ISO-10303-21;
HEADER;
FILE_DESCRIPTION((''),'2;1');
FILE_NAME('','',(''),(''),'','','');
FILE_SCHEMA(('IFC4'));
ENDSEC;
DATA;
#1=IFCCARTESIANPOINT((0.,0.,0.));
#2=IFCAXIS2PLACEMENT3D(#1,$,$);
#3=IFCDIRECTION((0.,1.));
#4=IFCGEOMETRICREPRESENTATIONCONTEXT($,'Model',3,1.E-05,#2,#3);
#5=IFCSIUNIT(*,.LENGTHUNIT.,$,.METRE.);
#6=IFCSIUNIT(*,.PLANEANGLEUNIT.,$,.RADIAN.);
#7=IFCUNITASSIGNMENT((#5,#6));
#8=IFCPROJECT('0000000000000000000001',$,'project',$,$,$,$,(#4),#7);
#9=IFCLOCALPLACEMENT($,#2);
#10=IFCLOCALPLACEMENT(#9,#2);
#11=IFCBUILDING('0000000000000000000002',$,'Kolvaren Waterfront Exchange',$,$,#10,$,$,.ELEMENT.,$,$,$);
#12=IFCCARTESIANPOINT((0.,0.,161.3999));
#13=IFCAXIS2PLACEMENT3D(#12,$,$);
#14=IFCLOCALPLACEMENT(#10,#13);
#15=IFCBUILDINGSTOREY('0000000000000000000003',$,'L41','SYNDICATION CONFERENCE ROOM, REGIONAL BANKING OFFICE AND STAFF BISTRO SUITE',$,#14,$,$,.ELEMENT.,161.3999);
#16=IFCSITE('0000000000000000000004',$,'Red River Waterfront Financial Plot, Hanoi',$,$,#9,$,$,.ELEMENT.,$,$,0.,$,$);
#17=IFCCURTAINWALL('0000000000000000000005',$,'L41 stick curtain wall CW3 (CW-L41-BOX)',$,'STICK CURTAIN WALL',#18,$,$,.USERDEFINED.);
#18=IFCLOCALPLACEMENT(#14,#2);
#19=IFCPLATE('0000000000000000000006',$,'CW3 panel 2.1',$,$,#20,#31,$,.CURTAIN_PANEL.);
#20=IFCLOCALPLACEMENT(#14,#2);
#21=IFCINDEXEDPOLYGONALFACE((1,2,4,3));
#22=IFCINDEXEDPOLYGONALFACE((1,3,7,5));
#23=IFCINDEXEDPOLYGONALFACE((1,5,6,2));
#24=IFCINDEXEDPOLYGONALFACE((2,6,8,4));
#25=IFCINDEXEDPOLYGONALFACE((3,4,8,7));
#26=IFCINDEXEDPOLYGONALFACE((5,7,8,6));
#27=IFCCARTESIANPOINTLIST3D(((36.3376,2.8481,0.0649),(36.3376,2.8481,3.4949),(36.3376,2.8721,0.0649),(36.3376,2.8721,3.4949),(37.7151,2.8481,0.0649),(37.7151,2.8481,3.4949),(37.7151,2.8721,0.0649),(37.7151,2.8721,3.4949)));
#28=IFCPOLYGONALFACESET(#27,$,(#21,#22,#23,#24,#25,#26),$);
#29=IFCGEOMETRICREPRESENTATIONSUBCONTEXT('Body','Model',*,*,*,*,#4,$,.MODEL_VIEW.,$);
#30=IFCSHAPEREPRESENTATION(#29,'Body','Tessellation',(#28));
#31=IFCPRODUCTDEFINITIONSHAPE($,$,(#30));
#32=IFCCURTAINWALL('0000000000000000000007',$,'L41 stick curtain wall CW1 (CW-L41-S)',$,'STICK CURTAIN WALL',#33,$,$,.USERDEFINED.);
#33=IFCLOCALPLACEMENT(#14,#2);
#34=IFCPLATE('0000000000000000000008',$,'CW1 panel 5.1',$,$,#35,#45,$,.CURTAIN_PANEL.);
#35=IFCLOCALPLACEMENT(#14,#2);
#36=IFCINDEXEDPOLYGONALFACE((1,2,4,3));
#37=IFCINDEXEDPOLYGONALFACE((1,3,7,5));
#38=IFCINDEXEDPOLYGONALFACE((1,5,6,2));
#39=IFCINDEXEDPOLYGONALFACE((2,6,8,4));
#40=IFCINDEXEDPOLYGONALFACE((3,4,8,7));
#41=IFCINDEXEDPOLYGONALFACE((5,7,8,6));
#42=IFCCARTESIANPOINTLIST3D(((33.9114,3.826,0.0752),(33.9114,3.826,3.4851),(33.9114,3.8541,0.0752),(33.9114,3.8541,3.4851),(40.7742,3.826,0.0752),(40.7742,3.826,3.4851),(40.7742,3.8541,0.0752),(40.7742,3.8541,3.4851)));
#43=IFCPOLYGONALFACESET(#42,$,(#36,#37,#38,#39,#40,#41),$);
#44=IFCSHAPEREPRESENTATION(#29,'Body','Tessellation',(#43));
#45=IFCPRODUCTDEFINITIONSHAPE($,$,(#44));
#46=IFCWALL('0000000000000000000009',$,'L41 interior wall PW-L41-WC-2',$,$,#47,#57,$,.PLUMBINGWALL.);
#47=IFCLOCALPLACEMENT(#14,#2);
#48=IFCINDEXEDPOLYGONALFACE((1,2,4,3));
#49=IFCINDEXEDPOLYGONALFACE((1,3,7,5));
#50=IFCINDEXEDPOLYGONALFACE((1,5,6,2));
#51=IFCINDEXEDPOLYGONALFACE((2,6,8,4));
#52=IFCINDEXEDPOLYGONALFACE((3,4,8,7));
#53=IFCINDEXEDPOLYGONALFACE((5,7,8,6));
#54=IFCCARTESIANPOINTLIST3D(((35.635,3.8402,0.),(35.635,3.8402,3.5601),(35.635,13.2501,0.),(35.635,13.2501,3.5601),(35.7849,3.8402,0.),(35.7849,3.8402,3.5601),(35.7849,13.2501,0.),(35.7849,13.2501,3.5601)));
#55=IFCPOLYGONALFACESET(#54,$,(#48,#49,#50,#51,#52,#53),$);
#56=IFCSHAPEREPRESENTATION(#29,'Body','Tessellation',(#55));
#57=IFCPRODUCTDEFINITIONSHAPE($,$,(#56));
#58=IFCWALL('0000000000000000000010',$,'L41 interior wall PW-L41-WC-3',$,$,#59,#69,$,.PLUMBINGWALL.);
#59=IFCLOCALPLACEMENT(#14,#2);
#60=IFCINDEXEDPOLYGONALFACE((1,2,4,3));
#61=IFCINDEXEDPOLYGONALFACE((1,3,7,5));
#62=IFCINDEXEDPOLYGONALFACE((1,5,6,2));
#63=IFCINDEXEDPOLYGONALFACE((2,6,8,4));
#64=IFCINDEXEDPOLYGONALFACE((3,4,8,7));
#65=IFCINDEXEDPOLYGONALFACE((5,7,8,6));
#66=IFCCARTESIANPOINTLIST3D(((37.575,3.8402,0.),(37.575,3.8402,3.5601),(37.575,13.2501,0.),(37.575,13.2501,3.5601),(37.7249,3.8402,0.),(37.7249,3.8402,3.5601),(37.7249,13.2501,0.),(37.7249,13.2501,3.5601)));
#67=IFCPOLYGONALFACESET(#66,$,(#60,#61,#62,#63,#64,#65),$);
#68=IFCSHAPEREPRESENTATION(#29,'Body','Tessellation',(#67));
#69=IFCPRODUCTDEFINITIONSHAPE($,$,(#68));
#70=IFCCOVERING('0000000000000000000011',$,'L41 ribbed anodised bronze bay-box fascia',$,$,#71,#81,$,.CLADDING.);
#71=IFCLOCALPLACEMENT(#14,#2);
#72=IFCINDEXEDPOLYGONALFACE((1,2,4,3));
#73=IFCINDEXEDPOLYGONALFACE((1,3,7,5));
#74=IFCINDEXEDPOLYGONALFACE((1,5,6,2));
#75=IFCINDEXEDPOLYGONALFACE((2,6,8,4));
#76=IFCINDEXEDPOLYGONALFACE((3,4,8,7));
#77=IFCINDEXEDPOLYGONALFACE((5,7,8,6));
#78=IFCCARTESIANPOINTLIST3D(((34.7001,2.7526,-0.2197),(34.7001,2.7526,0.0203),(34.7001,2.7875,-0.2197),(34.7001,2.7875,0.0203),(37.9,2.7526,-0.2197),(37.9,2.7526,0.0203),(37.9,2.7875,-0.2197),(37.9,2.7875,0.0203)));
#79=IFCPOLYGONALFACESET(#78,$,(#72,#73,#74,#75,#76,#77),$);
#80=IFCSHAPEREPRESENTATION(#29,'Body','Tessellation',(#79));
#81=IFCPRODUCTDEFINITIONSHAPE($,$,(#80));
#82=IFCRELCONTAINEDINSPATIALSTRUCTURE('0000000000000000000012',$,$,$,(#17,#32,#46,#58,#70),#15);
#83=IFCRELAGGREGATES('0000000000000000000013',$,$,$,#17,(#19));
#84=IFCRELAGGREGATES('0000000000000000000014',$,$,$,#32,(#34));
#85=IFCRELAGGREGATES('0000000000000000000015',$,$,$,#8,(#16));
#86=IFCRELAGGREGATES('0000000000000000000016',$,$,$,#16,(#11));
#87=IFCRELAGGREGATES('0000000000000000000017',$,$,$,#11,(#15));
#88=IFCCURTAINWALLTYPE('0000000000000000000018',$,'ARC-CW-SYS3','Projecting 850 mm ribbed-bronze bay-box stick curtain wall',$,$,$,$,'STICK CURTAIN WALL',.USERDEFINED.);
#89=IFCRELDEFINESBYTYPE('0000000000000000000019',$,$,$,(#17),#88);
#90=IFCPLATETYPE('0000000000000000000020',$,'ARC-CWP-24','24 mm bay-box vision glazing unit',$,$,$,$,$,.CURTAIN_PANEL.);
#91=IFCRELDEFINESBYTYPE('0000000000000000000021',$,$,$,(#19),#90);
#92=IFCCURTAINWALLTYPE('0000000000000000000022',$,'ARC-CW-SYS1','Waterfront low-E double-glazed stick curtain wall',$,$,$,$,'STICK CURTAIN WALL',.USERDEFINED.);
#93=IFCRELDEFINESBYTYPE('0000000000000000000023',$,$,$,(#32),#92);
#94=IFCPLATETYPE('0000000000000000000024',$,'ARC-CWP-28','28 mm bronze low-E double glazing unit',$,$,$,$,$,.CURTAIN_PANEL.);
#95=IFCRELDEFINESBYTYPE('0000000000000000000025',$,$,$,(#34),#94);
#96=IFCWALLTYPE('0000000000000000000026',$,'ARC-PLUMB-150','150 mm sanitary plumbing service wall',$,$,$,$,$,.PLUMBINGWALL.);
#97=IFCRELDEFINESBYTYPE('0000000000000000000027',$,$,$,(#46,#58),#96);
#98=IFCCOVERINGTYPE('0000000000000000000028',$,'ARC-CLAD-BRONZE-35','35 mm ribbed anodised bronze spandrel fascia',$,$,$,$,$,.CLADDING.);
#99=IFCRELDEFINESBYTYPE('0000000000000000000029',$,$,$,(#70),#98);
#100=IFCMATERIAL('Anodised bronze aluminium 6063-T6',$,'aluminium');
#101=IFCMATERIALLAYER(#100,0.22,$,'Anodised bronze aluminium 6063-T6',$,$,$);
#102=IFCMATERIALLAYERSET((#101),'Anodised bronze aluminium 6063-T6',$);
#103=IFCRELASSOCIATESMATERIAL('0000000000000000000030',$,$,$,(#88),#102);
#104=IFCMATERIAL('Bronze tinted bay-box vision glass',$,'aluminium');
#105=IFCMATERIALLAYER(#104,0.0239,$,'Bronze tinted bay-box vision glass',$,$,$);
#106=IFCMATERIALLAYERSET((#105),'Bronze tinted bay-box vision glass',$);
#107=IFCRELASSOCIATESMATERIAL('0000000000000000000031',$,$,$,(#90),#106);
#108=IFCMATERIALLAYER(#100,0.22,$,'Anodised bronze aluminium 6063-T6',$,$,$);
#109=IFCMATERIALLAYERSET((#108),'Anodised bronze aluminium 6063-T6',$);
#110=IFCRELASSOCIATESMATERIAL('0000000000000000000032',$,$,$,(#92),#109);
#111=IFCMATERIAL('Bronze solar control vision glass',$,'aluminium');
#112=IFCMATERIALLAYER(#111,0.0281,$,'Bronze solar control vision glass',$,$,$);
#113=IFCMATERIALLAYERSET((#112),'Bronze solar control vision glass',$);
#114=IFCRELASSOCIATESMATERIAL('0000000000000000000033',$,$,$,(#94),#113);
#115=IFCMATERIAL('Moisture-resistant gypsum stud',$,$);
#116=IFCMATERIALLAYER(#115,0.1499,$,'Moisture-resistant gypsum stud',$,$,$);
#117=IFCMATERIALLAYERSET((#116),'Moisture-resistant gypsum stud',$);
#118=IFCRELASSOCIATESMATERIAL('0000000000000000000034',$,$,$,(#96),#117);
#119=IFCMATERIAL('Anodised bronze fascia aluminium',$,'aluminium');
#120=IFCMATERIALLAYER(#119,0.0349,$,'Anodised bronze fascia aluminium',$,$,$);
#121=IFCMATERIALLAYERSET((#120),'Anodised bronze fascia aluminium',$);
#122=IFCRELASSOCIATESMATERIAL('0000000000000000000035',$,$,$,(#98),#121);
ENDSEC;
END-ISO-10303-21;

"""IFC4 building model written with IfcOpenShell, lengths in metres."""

from ifc_helpers import new_model, si_unit, direction, frame, frame_2d, origin, origin_with_axes, origin_2d, place, context, subcontext, project, spatial, rectangle, extrude, source, transform, mapped, material, layer, layer_set, type_object, element, aggregate, save


model = new_model("IFC4")

# Units and contexts
model_context = context("Model", 3, precision=1e-05, world=origin(), true_north=direction((0.0, 1.0)))
body_context = subcontext(model_context, "Body", "Model", "MODEL_VIEW")
ifc_project = project(units=[si_unit("LENGTHUNIT", "METRE"), si_unit("PLANEANGLEUNIT", "RADIAN")], contexts=[model_context])

# Site, building, storey
site_placement = place(None, origin())
site = spatial("IfcSite", under=ifc_project, at=site_placement, Name="Red River Waterfront Financial Plot, Hanoi", CompositionType="ELEMENT", RefElevation=0.0)
building_placement = place(site_placement, origin())
building = spatial("IfcBuilding", under=site, at=building_placement, Name="Kolvaren Waterfront Exchange", CompositionType="ELEMENT")
storey_placement = place(building_placement, frame((0.0, 0.0, 161.3999)))
storey = spatial("IfcBuildingStorey", under=building, at=storey_placement, Name="L41", Description="SYNDICATION CONFERENCE ROOM, REGIONAL BANKING OFFICE AND STAFF BISTRO SUITE", CompositionType="ELEMENT", Elevation=161.3999)

# Curtain wall
ifc_material_1 = material(Name="Anodised bronze aluminium 6063-T6", Category="aluminium")
ifc_layer_1 = layer(ifc_material_1, 0.22, Name="Anodised bronze aluminium 6063-T6")
ifc_layer_set_1 = layer_set([ifc_layer_1], Name="Anodised bronze aluminium 6063-T6")
curtain_wall_type_1 = type_object("IfcCurtainWallType", Name="ARC-CW-SYS3", Description="Projecting 850 mm ribbed-bronze bay-box stick curtain wall", ElementType="STICK CURTAIN WALL", PredefinedType="USERDEFINED", material=ifc_layer_set_1)
curtain_wall_1_placement = place(storey_placement, origin())
curtain_wall_1 = element("IfcCurtainWall", 1, at=curtain_wall_1_placement, inside=storey, type_object=curtain_wall_type_1, Name="L41 stick curtain wall CW3 (CW-L41-BOX)", ObjectType="STICK CURTAIN WALL", PredefinedType="USERDEFINED")

# Plate
ifc_material_2 = material(Name="Bronze tinted bay-box vision glass", Category="aluminium")
ifc_layer_2 = layer(ifc_material_2, 0.0239, Name="Bronze tinted bay-box vision glass")
ifc_layer_set_2 = layer_set([ifc_layer_2], Name="Bronze tinted bay-box vision glass")
plate_type_1 = type_object("IfcPlateType", Name="ARC-CWP-24", Description="24 mm bay-box vision glazing unit", PredefinedType="CURTAIN_PANEL", material=ifc_layer_set_2)
shared_shape_1 = source(origin_with_axes(), body_context, "Body", "SweptSolid", [
    extrude(rectangle(XDim=1.3774, YDim=0.0239, at=origin_2d()), origin(), (0.0, 0.0, 1.0), 3.4299),
])
plate_1_placement = place(storey_placement, frame((37.0264, 2.8601, 0.0649), z_axis=(0.0, 0.0, 1.0), x_axis=(1.0, 0.0, 0.0)))
plate_1 = element("IfcPlate", 2, at=plate_1_placement, type_object=plate_type_1, Name="CW3 panel 2.1", PredefinedType="CURTAIN_PANEL", context=body_context, shape_type="MappedRepresentation", body=[
    mapped(shared_shape_1, transform((0.0, 0.0, 0.0), x_axis=(1.0, 0.0, 0.0), y_axis=(0.0, 1.0, 0.0), z_axis=(0.0, 0.0, 1.0), scale=1.0)),
])
aggregate(curtain_wall_1, [plate_1])

# Curtain wall, plate
ifc_layer_3 = layer(ifc_material_1, 0.22, Name="Anodised bronze aluminium 6063-T6")
ifc_layer_set_3 = layer_set([ifc_layer_3], Name="Anodised bronze aluminium 6063-T6")
curtain_wall_type_2 = type_object("IfcCurtainWallType", Name="ARC-CW-SYS1", Description="Waterfront low-E double-glazed stick curtain wall", ElementType="STICK CURTAIN WALL", PredefinedType="USERDEFINED", material=ifc_layer_set_3)
curtain_wall_2_placement = place(storey_placement, origin())
curtain_wall_2 = element("IfcCurtainWall", 3, at=curtain_wall_2_placement, inside=storey, type_object=curtain_wall_type_2, Name="L41 stick curtain wall CW1 (CW-L41-S)", ObjectType="STICK CURTAIN WALL", PredefinedType="USERDEFINED")
ifc_material_3 = material(Name="Bronze solar control vision glass", Category="aluminium")
ifc_layer_4 = layer(ifc_material_3, 0.0281, Name="Bronze solar control vision glass")
ifc_layer_set_4 = layer_set([ifc_layer_4], Name="Bronze solar control vision glass")
plate_type_2 = type_object("IfcPlateType", Name="ARC-CWP-28", Description="28 mm bronze low-E double glazing unit", PredefinedType="CURTAIN_PANEL", material=ifc_layer_set_4)
shared_shape_2 = source(origin_with_axes(), body_context, "Body", "SweptSolid", [
    extrude(rectangle(XDim=6.8628, YDim=0.0281, at=origin_2d()), origin(), (0.0, 0.0, 1.0), 3.4099),
])
plate_2_placement = place(storey_placement, frame((37.3428, 3.8401, 0.0752), z_axis=(0.0, 0.0, 1.0), x_axis=(1.0, 0.0, 0.0)))
plate_2 = element("IfcPlate", 4, at=plate_2_placement, type_object=plate_type_2, Name="CW1 panel 5.1", PredefinedType="CURTAIN_PANEL", context=body_context, shape_type="MappedRepresentation", body=[
    mapped(shared_shape_2, transform((0.0, 0.0, 0.0), x_axis=(1.0, 0.0, 0.0), y_axis=(0.0, 1.0, 0.0), z_axis=(0.0, 0.0, 1.0), scale=1.0)),
])
aggregate(curtain_wall_2, [plate_2])

# Walls
ifc_material_4 = material(Name="Moisture-resistant gypsum stud")
ifc_layer_5 = layer(ifc_material_4, 0.1499, Name="Moisture-resistant gypsum stud")
ifc_layer_set_5 = layer_set([ifc_layer_5], Name="Moisture-resistant gypsum stud")
wall_type = type_object("IfcWallType", Name="ARC-PLUMB-150", Description="150 mm sanitary plumbing service wall", PredefinedType="PLUMBINGWALL", material=ifc_layer_set_5)
for number, where, z_axis, x_axis, name in (
    (5, (35.71, 3.8401, 0.0), (0.0, 0.0, 1.0), (0.0, 1.0, 0.0), "L41 interior wall PW-L41-WC-2"),
    (6, (37.6499, 3.8401, 0.0), (0.0, 0.0, 1.0), (0.0, 1.0, 0.0), "L41 interior wall PW-L41-WC-3"),
):
    element("IfcWall", number, at=place(storey_placement, frame(where, z_axis=z_axis, x_axis=x_axis)), inside=storey, type_object=wall_type, Name=name, PredefinedType="PLUMBINGWALL", context=body_context, shape_type="SweptSolid", body=[
        extrude(rectangle(XDim=9.4099, YDim=0.1499, at=frame_2d((4.7051, 0.0))), origin(), (0.0, 0.0, 1.0), 3.5601),
    ])

# Covering
ifc_material_5 = material(Name="Anodised bronze fascia aluminium", Category="aluminium")
ifc_layer_6 = layer(ifc_material_5, 0.0349, Name="Anodised bronze fascia aluminium")
ifc_layer_set_6 = layer_set([ifc_layer_6], Name="Anodised bronze fascia aluminium")
covering_type = type_object("IfcCoveringType", Name="ARC-CLAD-BRONZE-35", Description="35 mm ribbed anodised bronze spandrel fascia", PredefinedType="CLADDING", material=ifc_layer_set_6)
covering_placement = place(storey_placement, frame((36.3, 2.77, -0.2197), z_axis=(0.0, 0.0, 1.0), x_axis=(1.0, 0.0, 0.0)))
element("IfcCovering", 7, at=covering_placement, inside=storey, type_object=covering_type, Name="L41 ribbed anodised bronze bay-box fascia", PredefinedType="CLADDING", context=body_context, shape_type="SweptSolid", body=[
    extrude(rectangle(XDim=3.2, YDim=0.0349, at=origin_2d()), origin(), (0.0, 0.0, 1.0), 0.24),
])

save(model, "model.ifc")
